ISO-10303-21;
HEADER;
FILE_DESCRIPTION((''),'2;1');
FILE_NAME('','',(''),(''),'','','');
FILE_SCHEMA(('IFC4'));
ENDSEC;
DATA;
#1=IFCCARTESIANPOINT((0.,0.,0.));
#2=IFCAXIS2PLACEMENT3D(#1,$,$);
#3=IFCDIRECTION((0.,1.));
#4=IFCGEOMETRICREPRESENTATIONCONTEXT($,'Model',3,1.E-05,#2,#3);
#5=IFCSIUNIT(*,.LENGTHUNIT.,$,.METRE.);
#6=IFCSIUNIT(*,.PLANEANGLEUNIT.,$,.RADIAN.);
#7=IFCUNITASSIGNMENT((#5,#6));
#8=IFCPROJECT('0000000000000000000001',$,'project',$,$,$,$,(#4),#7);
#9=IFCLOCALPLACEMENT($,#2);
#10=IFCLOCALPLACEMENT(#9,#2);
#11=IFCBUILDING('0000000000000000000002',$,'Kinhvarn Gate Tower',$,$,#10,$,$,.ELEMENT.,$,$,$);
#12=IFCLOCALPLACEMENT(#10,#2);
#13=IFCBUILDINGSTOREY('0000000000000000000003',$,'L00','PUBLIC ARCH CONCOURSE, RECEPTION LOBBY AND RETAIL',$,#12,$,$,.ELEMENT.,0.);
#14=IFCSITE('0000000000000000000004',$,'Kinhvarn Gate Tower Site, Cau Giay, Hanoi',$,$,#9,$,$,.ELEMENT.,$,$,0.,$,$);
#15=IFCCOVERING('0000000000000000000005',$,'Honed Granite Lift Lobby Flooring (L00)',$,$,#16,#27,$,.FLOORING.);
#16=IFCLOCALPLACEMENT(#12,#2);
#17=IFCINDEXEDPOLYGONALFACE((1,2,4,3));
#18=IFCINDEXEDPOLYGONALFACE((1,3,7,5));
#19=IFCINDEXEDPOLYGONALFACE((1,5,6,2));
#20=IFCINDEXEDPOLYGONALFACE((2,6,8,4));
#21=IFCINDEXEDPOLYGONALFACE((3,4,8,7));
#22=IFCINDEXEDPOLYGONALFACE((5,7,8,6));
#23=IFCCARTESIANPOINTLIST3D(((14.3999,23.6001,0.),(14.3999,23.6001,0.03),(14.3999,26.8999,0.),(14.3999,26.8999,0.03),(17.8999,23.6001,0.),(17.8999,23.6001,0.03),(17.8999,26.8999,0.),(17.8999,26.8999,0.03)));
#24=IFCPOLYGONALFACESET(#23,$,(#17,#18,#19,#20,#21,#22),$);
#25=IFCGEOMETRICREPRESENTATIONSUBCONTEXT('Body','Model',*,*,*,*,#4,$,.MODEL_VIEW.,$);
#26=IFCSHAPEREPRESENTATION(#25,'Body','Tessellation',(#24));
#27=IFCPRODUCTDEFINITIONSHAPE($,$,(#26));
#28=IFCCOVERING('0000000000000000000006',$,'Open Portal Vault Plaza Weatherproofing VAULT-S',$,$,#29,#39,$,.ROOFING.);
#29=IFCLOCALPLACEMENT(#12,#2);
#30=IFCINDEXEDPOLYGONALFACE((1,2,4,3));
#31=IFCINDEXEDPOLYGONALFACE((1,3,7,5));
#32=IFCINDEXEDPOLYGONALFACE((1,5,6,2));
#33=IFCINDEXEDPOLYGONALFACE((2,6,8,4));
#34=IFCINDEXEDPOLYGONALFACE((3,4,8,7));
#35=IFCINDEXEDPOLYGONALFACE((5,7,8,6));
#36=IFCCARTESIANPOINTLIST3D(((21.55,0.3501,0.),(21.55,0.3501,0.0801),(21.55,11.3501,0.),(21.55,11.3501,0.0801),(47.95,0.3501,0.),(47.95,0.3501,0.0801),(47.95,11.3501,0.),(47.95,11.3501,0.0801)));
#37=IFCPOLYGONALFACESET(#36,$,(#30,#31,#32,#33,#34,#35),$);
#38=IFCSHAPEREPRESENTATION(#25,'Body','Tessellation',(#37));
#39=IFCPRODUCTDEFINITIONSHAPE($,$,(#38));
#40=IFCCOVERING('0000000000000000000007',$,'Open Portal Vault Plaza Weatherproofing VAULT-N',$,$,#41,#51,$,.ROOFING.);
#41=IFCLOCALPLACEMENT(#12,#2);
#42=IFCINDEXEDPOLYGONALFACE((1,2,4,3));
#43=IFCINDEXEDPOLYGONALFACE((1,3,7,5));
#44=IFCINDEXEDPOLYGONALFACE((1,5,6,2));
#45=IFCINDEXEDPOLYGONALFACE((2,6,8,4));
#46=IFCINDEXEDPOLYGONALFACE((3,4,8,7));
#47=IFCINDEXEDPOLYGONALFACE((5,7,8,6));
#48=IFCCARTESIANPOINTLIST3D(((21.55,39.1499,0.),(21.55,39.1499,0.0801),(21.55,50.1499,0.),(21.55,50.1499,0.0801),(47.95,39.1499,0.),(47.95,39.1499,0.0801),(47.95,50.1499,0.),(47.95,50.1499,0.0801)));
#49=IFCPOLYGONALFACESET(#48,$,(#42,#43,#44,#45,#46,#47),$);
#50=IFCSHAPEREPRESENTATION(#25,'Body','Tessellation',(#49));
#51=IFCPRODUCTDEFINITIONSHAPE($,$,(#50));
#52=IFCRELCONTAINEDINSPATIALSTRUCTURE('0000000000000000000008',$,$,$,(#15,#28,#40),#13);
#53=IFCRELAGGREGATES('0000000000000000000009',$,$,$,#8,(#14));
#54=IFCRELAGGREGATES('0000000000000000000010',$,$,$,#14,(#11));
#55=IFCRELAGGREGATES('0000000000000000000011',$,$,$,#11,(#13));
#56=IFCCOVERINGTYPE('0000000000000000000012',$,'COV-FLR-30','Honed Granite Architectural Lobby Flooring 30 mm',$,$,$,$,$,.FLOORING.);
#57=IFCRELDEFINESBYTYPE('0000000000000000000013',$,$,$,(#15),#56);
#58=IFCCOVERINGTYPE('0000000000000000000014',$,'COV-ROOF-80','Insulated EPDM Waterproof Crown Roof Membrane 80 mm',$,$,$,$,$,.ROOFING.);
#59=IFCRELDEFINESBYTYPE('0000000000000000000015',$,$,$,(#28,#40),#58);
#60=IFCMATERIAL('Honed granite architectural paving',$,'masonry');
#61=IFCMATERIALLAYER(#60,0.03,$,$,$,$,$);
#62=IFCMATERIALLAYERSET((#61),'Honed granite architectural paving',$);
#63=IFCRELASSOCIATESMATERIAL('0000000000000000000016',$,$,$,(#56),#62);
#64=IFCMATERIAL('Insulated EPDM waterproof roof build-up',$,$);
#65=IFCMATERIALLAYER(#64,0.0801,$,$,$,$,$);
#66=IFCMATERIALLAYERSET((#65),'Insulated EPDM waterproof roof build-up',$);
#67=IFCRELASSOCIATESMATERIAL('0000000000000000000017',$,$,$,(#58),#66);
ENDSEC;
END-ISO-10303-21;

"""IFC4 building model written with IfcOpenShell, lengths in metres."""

from ifc_helpers import new_model, si_unit, direction, origin, place, context, subcontext, project, spatial, polyline, outline, extrude, material, layer, layer_set, type_object, element, save


model = new_model("IFC4")

# Units and contexts
model_context = context("Model", 3, precision=1e-05, world=origin(), true_north=direction((0.0, 1.0)))
body_context = subcontext(model_context, "Body", "Model", "MODEL_VIEW")
ifc_project = project(units=[si_unit("LENGTHUNIT", "METRE"), si_unit("PLANEANGLEUNIT", "RADIAN")], contexts=[model_context])

# Site, building, storey
site_placement = place(None, origin())
site = spatial("IfcSite", under=ifc_project, at=site_placement, Name="Kinhvarn Gate Tower Site, Cau Giay, Hanoi", CompositionType="ELEMENT", RefElevation=0.0)
building_placement = place(site_placement, origin())
building = spatial("IfcBuilding", under=site, at=building_placement, Name="Kinhvarn Gate Tower", CompositionType="ELEMENT")
storey_placement = place(building_placement, origin())
storey = spatial("IfcBuildingStorey", under=building, at=storey_placement, Name="L00", Description="PUBLIC ARCH CONCOURSE, RECEPTION LOBBY AND RETAIL", CompositionType="ELEMENT", Elevation=0.0)

# Coverings
ifc_material_1 = material(Name="Honed granite architectural paving", Category="masonry")
ifc_layer_1 = layer(ifc_material_1, 0.03)
ifc_layer_set_1 = layer_set([ifc_layer_1], Name="Honed granite architectural paving")
covering_type_1 = type_object("IfcCoveringType", Name="COV-FLR-30", Description="Honed Granite Architectural Lobby Flooring 30 mm", PredefinedType="FLOORING", material=ifc_layer_set_1)
covering_1_placement = place(storey_placement, origin())
element("IfcCovering", 1, at=covering_1_placement, inside=storey, type_object=covering_type_1, Name="Honed Granite Lift Lobby Flooring (L00)", PredefinedType="FLOORING", context=body_context, shape_type="SweptSolid", body=[
    extrude(outline(polyline([(14.3999, 23.6001), (14.3999, 26.8999), (17.8999, 26.8999), (17.8999, 23.6001), (14.3999, 23.6001)])), origin(), (0.0, 0.0, 1.0), 0.03),
])
ifc_material_2 = material(Name="Insulated EPDM waterproof roof build-up")
ifc_layer_2 = layer(ifc_material_2, 0.0801)
ifc_layer_set_2 = layer_set([ifc_layer_2], Name="Insulated EPDM waterproof roof build-up")
covering_type_2 = type_object("IfcCoveringType", Name="COV-ROOF-80", Description="Insulated EPDM Waterproof Crown Roof Membrane 80 mm", PredefinedType="ROOFING", material=ifc_layer_set_2)
covering_2_placement = place(storey_placement, origin())
element("IfcCovering", 2, at=covering_2_placement, inside=storey, type_object=covering_type_2, Name="Open Portal Vault Plaza Weatherproofing VAULT-S", PredefinedType="ROOFING", context=body_context, shape_type="SweptSolid", body=[
    extrude(outline(polyline([(21.55, 0.3501), (47.95, 0.3501), (47.95, 11.3501), (21.55, 11.3501), (21.55, 0.3501)])), origin(), (0.0, 0.0, 1.0), 0.0801),
])
covering_3_placement = place(storey_placement, origin())
element("IfcCovering", 3, at=covering_3_placement, inside=storey, type_object=covering_type_2, Name="Open Portal Vault Plaza Weatherproofing VAULT-N", PredefinedType="ROOFING", context=body_context, shape_type="SweptSolid", body=[
    extrude(outline(polyline([(21.55, 39.1499), (47.95, 39.1499), (47.95, 50.1499), (21.55, 50.1499), (21.55, 39.1499)])), origin(), (0.0, 0.0, 1.0), 0.0801),
])

save(model, "model.ifc")
